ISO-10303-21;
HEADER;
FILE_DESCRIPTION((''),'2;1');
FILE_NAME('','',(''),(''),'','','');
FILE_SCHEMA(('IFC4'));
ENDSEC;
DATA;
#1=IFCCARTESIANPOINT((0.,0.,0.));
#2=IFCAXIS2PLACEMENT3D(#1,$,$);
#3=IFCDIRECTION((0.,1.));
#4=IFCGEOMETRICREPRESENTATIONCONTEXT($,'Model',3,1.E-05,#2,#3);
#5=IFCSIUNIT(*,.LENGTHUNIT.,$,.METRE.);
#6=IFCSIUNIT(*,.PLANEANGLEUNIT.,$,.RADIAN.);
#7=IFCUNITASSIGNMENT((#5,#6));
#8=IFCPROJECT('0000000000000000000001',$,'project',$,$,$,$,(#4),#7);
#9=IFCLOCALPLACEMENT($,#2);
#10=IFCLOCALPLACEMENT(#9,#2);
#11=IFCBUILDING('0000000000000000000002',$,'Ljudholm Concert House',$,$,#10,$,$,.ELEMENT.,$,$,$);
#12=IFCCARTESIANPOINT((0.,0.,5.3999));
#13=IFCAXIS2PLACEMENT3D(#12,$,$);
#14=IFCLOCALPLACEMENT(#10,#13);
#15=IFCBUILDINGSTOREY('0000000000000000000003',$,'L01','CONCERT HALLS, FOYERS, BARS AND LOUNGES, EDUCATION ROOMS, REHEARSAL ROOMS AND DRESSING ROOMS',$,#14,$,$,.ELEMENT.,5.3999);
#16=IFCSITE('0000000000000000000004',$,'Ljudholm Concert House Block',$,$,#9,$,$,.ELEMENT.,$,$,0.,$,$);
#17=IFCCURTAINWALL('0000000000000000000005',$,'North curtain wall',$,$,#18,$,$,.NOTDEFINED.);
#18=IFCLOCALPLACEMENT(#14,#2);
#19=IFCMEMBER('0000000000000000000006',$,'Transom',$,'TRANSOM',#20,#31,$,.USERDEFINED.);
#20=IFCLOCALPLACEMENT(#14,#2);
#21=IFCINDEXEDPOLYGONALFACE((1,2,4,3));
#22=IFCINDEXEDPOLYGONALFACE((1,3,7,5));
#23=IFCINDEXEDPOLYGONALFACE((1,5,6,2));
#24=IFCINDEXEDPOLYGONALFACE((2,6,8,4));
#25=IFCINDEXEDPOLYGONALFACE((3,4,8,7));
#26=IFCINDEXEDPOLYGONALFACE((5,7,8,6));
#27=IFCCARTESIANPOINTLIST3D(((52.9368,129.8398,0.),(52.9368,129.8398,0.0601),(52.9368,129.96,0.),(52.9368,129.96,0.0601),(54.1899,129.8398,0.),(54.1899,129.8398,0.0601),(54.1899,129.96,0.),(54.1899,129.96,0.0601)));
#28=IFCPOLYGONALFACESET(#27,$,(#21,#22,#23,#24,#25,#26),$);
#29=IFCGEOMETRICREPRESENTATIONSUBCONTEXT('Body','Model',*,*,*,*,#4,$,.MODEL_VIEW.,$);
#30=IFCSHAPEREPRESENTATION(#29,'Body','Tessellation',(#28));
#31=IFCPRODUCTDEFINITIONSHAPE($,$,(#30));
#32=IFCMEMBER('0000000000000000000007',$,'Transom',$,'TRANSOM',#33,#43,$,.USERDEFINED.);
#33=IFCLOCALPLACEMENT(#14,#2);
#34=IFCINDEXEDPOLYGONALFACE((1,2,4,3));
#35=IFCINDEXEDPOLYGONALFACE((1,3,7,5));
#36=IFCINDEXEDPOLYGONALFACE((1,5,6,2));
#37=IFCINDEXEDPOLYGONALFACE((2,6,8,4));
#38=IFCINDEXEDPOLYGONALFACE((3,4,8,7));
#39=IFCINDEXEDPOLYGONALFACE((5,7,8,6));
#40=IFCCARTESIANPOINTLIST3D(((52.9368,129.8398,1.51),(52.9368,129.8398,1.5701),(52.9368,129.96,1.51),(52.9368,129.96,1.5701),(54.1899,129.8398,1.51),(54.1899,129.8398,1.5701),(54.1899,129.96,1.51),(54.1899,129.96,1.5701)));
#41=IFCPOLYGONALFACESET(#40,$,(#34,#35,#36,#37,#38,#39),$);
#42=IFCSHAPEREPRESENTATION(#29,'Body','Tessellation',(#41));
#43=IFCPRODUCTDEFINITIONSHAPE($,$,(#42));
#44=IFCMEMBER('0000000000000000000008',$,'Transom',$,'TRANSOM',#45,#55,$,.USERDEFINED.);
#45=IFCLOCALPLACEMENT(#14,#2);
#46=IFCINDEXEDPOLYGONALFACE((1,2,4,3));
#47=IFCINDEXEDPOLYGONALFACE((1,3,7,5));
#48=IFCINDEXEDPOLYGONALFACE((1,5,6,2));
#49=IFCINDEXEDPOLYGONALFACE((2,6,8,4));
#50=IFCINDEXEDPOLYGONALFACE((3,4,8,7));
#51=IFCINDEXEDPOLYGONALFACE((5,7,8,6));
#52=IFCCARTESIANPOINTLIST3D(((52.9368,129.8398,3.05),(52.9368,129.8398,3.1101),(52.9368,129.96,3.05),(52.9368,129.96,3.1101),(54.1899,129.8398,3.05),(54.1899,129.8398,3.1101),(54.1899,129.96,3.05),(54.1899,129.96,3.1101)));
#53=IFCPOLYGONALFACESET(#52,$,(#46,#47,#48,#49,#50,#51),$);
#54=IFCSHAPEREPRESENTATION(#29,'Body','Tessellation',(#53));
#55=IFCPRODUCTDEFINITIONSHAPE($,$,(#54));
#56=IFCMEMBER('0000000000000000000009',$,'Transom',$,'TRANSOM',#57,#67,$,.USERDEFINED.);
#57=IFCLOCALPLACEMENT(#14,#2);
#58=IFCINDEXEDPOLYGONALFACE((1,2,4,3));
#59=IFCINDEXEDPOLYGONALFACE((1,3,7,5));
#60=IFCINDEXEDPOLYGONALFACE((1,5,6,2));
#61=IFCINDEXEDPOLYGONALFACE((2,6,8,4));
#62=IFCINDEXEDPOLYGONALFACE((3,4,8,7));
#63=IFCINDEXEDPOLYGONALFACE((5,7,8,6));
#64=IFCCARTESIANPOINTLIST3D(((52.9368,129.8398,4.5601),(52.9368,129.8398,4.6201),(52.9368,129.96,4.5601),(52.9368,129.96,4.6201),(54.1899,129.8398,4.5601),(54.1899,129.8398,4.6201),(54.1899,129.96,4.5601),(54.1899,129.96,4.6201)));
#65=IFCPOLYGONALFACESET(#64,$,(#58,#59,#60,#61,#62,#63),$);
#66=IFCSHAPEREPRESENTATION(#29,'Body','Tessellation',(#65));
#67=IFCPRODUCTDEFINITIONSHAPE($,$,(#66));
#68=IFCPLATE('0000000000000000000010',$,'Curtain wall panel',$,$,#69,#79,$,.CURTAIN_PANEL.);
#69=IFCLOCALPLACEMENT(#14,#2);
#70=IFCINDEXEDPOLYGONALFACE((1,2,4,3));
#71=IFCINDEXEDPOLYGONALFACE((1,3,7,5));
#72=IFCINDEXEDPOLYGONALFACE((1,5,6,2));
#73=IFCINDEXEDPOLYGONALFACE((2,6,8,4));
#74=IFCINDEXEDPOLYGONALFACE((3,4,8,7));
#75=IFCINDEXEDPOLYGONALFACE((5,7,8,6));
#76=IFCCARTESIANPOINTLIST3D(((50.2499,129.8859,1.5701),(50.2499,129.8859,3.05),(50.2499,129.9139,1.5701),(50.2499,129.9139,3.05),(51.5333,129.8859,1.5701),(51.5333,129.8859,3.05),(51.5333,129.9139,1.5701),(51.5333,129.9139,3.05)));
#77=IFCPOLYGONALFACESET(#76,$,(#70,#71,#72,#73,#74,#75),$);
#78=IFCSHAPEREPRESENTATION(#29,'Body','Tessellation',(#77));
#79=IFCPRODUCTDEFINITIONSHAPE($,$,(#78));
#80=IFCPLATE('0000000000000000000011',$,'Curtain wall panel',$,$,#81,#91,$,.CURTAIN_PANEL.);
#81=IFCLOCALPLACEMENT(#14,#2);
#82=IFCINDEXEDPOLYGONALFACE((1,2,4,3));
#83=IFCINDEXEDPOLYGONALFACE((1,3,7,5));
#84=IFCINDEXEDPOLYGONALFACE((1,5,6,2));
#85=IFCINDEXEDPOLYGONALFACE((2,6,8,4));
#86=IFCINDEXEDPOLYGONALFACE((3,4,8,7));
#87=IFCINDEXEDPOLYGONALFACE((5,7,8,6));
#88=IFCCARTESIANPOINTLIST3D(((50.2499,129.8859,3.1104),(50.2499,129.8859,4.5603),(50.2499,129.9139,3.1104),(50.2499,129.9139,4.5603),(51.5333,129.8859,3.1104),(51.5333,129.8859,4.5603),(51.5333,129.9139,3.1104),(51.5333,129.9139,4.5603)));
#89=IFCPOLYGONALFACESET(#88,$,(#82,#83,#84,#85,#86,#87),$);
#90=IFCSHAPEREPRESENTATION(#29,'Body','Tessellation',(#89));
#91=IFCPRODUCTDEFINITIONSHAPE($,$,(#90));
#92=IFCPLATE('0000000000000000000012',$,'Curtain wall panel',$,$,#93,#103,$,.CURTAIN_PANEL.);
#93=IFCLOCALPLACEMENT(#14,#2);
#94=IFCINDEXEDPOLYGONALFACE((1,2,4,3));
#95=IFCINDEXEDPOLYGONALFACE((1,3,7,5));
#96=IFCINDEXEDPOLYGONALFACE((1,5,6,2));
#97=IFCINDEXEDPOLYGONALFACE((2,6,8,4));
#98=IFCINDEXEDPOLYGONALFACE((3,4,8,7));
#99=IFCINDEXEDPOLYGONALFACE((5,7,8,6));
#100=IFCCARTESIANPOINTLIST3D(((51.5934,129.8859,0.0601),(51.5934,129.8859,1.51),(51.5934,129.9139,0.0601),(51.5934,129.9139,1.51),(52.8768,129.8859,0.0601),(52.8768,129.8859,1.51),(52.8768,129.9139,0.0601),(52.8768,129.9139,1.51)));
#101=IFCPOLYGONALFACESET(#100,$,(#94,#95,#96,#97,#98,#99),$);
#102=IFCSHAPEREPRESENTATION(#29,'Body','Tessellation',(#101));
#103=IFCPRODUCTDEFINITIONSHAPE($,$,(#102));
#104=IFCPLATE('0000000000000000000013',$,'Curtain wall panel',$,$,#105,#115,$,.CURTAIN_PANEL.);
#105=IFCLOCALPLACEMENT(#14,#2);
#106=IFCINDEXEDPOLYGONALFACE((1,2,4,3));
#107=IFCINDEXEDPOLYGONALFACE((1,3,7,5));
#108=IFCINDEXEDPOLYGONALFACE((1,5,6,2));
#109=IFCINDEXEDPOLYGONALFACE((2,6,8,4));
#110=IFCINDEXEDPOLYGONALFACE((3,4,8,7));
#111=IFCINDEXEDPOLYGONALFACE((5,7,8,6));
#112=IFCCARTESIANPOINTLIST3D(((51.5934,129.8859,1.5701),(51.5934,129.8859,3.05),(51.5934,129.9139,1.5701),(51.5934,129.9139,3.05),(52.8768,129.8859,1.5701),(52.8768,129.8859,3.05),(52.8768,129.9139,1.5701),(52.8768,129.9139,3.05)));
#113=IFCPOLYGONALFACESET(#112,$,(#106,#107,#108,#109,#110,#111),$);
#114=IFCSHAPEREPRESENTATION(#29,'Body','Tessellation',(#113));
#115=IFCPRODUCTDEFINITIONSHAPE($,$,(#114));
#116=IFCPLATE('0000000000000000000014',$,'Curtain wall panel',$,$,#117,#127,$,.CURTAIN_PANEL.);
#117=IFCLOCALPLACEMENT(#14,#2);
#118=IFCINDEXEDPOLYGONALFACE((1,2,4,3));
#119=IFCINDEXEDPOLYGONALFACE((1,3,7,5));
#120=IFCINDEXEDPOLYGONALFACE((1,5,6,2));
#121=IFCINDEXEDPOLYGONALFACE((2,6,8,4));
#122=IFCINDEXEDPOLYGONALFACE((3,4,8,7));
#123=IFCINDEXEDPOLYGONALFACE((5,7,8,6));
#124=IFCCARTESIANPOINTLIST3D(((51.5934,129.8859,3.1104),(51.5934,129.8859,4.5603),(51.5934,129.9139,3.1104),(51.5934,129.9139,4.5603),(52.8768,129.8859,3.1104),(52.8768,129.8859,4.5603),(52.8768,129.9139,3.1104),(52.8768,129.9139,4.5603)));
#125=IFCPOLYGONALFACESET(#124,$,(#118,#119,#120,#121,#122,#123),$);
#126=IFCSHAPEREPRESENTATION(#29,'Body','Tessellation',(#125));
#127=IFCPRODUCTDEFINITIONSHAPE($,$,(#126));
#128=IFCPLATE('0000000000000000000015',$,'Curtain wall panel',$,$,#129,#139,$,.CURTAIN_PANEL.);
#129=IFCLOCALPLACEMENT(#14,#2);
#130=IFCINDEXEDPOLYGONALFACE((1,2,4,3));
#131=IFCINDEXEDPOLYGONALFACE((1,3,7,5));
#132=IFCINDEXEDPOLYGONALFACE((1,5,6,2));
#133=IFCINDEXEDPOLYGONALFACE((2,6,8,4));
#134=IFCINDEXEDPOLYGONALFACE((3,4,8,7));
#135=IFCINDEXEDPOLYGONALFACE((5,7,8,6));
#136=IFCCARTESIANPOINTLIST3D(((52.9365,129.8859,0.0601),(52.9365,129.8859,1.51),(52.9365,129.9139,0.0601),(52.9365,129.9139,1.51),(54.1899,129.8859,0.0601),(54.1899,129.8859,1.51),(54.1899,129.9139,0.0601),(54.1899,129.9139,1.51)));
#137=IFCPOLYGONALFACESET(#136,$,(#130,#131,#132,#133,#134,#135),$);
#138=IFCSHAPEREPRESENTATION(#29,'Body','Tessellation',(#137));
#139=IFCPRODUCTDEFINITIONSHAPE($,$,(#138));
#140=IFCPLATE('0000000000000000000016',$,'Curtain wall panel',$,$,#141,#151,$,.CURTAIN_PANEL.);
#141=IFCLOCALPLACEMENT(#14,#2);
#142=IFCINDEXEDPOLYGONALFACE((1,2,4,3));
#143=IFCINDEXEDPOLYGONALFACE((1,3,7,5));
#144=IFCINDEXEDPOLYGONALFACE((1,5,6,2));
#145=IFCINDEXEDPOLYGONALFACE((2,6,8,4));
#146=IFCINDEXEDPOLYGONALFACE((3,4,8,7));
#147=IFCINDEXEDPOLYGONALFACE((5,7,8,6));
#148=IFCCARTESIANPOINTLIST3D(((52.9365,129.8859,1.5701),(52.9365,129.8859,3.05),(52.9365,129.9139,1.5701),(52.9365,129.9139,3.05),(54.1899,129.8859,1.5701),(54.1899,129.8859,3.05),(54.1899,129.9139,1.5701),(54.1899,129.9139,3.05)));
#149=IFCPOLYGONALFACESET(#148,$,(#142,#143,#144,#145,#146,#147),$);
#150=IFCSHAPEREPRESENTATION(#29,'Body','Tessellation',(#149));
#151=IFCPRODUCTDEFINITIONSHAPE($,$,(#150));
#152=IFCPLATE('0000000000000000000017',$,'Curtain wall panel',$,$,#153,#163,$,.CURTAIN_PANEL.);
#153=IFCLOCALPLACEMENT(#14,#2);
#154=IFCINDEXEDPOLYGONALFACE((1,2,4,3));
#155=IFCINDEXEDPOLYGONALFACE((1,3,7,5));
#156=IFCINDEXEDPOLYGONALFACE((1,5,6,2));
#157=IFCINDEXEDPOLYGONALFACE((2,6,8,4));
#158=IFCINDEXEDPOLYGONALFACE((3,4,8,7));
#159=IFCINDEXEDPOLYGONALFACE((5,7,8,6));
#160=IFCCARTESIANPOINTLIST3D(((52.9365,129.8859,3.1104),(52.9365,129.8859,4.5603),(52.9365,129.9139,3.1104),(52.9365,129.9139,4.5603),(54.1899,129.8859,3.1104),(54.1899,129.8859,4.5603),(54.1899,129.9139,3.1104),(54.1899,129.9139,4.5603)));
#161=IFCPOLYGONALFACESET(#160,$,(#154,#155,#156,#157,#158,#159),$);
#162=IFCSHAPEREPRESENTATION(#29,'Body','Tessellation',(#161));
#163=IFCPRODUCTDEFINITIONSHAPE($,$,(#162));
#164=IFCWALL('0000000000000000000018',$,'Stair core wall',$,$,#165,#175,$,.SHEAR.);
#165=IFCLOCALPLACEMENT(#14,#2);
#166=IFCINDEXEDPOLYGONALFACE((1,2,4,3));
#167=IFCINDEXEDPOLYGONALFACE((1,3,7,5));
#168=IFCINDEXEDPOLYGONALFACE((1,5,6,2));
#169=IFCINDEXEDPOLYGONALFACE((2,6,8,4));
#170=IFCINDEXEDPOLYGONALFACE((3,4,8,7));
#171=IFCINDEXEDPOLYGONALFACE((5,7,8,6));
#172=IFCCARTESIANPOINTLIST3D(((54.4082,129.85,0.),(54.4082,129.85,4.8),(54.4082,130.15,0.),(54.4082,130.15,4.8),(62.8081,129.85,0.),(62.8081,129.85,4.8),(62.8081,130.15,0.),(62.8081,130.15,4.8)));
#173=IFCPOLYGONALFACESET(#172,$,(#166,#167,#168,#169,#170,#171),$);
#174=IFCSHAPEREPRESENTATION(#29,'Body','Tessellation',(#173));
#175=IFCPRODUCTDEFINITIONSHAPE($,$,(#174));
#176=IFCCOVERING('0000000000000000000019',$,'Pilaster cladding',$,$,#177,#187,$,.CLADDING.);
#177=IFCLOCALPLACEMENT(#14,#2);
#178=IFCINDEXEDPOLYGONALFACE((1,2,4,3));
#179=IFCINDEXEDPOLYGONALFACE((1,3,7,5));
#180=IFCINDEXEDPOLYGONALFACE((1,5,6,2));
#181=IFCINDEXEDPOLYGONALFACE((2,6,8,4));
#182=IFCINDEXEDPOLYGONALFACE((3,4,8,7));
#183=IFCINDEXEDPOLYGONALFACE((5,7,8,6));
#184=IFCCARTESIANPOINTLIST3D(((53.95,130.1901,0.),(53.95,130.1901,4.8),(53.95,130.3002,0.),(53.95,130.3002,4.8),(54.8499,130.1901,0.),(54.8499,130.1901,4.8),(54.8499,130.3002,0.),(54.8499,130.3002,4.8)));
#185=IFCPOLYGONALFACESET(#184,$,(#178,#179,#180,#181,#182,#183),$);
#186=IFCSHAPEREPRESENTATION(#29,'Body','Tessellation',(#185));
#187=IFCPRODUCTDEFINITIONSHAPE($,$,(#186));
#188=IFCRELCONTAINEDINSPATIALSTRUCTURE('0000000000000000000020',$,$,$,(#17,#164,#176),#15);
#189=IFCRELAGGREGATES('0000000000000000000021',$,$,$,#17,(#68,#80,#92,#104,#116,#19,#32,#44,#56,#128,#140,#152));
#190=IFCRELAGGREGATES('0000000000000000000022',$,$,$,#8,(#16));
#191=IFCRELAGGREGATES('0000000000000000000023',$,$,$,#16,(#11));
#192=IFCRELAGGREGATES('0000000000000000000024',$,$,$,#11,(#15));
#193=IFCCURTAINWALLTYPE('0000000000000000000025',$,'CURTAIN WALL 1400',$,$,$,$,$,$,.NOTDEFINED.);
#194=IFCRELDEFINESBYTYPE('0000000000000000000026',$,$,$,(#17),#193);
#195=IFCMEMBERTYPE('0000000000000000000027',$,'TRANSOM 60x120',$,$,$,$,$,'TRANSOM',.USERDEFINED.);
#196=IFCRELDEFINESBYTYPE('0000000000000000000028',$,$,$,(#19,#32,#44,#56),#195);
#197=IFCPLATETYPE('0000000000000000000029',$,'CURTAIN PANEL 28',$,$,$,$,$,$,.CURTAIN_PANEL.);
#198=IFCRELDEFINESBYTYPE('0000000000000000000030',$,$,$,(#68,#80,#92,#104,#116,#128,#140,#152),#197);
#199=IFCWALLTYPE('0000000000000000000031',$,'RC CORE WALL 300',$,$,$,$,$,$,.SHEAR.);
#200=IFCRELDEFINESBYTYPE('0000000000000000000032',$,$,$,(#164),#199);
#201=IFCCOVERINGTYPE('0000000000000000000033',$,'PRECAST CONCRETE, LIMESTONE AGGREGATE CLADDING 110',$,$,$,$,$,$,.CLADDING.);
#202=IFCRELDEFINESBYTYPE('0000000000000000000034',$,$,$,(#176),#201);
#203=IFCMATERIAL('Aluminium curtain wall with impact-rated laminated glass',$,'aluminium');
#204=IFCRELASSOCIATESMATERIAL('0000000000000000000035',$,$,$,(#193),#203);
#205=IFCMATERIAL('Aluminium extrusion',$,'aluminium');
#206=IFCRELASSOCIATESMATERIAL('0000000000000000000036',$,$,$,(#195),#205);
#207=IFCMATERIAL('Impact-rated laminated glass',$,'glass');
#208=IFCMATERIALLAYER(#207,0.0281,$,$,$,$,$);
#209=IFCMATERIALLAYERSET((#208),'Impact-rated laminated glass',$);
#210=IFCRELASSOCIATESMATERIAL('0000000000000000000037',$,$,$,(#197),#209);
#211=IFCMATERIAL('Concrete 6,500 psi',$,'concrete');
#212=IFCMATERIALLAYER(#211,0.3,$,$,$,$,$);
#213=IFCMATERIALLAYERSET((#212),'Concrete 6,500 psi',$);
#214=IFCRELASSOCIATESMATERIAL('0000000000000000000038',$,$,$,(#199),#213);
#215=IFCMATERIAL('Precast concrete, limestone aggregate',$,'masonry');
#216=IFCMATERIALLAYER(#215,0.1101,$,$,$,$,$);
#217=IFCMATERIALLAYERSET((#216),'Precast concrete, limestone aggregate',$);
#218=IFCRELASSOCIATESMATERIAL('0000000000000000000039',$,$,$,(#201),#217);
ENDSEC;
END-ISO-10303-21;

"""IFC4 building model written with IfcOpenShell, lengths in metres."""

from ifc_helpers import new_model, si_unit, direction, frame, frame_2d, origin, origin_2d, place, context, subcontext, project, spatial, rectangle, extrude, material, layer, layer_set, material_profile, profile_set, type_object, element, aggregate, save


model = new_model("IFC4")

# Units and contexts
model_context = context("Model", 3, precision=1e-05, world=origin(), true_north=direction((0.0, 1.0)))
body_context = subcontext(model_context, "Body", "Model", "MODEL_VIEW")
ifc_project = project(units=[si_unit("LENGTHUNIT", "METRE"), si_unit("PLANEANGLEUNIT", "RADIAN")], contexts=[model_context])

# Site, building, storey
site_placement = place(None, origin())
site = spatial("IfcSite", under=ifc_project, at=site_placement, Name="Ljudholm Concert House Block", CompositionType="ELEMENT", RefElevation=0.0)
building_placement = place(site_placement, origin())
building = spatial("IfcBuilding", under=site, at=building_placement, Name="Ljudholm Concert House", CompositionType="ELEMENT")
storey_placement = place(building_placement, frame((0.0, 0.0, 5.3999)))
storey = spatial("IfcBuildingStorey", under=building, at=storey_placement, Name="L01", Description="CONCERT HALLS, FOYERS, BARS AND LOUNGES, EDUCATION ROOMS, REHEARSAL ROOMS AND DRESSING ROOMS", CompositionType="ELEMENT", Elevation=5.3999)

# Curtain wall
ifc_material_1 = material(Name="Aluminium curtain wall with impact-rated laminated glass", Category="aluminium")
curtain_wall_type = type_object("IfcCurtainWallType", Name="CURTAIN WALL 1400", PredefinedType="NOTDEFINED", material=ifc_material_1)
curtain_wall_placement = place(storey_placement, origin())
curtain_wall = element("IfcCurtainWall", 1, at=curtain_wall_placement, inside=storey, type_object=curtain_wall_type, Name="North curtain wall", PredefinedType="NOTDEFINED")

# Members
ifc_material_2 = material(Name="Aluminium extrusion", Category="aluminium")
ifc_material_profile_1 = material_profile(ifc_material_2, rectangle(XDim=0.1201, YDim=0.0601, at=origin_2d()), Name="TRANSOM 60x120")
ifc_profile_set_1 = profile_set([ifc_material_profile_1], Name="Aluminium extrusion")
member_type_1 = type_object("IfcMemberType", Name="TRANSOM 60x120", ElementType="TRANSOM", PredefinedType="USERDEFINED", material=ifc_profile_set_1)
member_1_placement = place(storey_placement, frame((52.9368, 129.8999, 0.03), z_axis=(1.0, 0.0, 0.0), x_axis=(0.0, 1.0, 0.0)))
member_1 = element("IfcMember", 2, at=member_1_placement, type_object=member_type_1, Name="Transom", ObjectType="TRANSOM", PredefinedType="USERDEFINED", context=body_context, shape_type="SweptSolid", body=[
    extrude(rectangle(XDim=0.1201, YDim=0.0601, at=origin_2d()), origin(), (0.0, 0.0, 1.0), 1.2532),
])
member_2_placement = place(storey_placement, frame((52.9368, 129.8999, 1.54), z_axis=(1.0, 0.0, 0.0), x_axis=(0.0, 1.0, 0.0)))
member_2 = element("IfcMember", 3, at=member_2_placement, type_object=member_type_1, Name="Transom", ObjectType="TRANSOM", PredefinedType="USERDEFINED", context=body_context, shape_type="SweptSolid", body=[
    extrude(rectangle(XDim=0.1201, YDim=0.0601, at=origin_2d()), origin(), (0.0, 0.0, 1.0), 1.2532),
])
member_3_placement = place(storey_placement, frame((52.9368, 129.8999, 3.0801), z_axis=(1.0, 0.0, 0.0), x_axis=(0.0, 1.0, 0.0)))
member_3 = element("IfcMember", 4, at=member_3_placement, type_object=member_type_1, Name="Transom", ObjectType="TRANSOM", PredefinedType="USERDEFINED", context=body_context, shape_type="SweptSolid", body=[
    extrude(rectangle(XDim=0.1201, YDim=0.0601, at=origin_2d()), origin(), (0.0, 0.0, 1.0), 1.2532),
])
member_4_placement = place(storey_placement, frame((52.9368, 129.8999, 4.5901), z_axis=(1.0, 0.0, 0.0), x_axis=(0.0, 1.0, 0.0)))
member_4 = element("IfcMember", 5, at=member_4_placement, type_object=member_type_1, Name="Transom", ObjectType="TRANSOM", PredefinedType="USERDEFINED", context=body_context, shape_type="SweptSolid", body=[
    extrude(rectangle(XDim=0.1201, YDim=0.0601, at=origin_2d()), origin(), (0.0, 0.0, 1.0), 1.2532),
])

# Plates
ifc_material_3 = material(Name="Impact-rated laminated glass", Category="glass")
ifc_layer_1 = layer(ifc_material_3, 0.0281)
ifc_layer_set_1 = layer_set([ifc_layer_1], Name="Impact-rated laminated glass")
plate_type = type_object("IfcPlateType", Name="CURTAIN PANEL 28", PredefinedType="CURTAIN_PANEL", material=ifc_layer_set_1)
plate_1_placement = place(storey_placement, frame((50.8916, 129.8999, 1.5701), z_axis=(0.0, 0.0, 1.0), x_axis=(1.0, 0.0, 0.0)))
plate_1 = element("IfcPlate", 6, at=plate_1_placement, type_object=plate_type, Name="Curtain wall panel", PredefinedType="CURTAIN_PANEL", context=body_context, shape_type="SweptSolid", body=[
    extrude(rectangle(XDim=1.2834, YDim=0.0281, at=origin_2d()), origin(), (0.0, 0.0, 1.0), 1.48),
])
plate_2_placement = place(storey_placement, frame((50.8916, 129.8999, 3.1104), z_axis=(0.0, 0.0, 1.0), x_axis=(1.0, 0.0, 0.0)))
plate_2 = element("IfcPlate", 7, at=plate_2_placement, type_object=plate_type, Name="Curtain wall panel", PredefinedType="CURTAIN_PANEL", context=body_context, shape_type="SweptSolid", body=[
    extrude(rectangle(XDim=1.2834, YDim=0.0281, at=origin_2d()), origin(), (0.0, 0.0, 1.0), 1.45),
])
plate_3_placement = place(storey_placement, frame((52.2351, 129.8999, 0.0601), z_axis=(0.0, 0.0, 1.0), x_axis=(1.0, 0.0, 0.0)))
plate_3 = element("IfcPlate", 8, at=plate_3_placement, type_object=plate_type, Name="Curtain wall panel", PredefinedType="CURTAIN_PANEL", context=body_context, shape_type="SweptSolid", body=[
    extrude(rectangle(XDim=1.2834, YDim=0.0281, at=origin_2d()), origin(), (0.0, 0.0, 1.0), 1.45),
])
plate_4_placement = place(storey_placement, frame((52.2351, 129.8999, 1.5701), z_axis=(0.0, 0.0, 1.0), x_axis=(1.0, 0.0, 0.0)))
plate_4 = element("IfcPlate", 9, at=plate_4_placement, type_object=plate_type, Name="Curtain wall panel", PredefinedType="CURTAIN_PANEL", context=body_context, shape_type="SweptSolid", body=[
    extrude(rectangle(XDim=1.2834, YDim=0.0281, at=origin_2d()), origin(), (0.0, 0.0, 1.0), 1.48),
])
plate_5_placement = place(storey_placement, frame((52.2351, 129.8999, 3.1104), z_axis=(0.0, 0.0, 1.0), x_axis=(1.0, 0.0, 0.0)))
plate_5 = element("IfcPlate", 10, at=plate_5_placement, type_object=plate_type, Name="Curtain wall panel", PredefinedType="CURTAIN_PANEL", context=body_context, shape_type="SweptSolid", body=[
    extrude(rectangle(XDim=1.2834, YDim=0.0281, at=origin_2d()), origin(), (0.0, 0.0, 1.0), 1.45),
])
plate_6_placement = place(storey_placement, frame((53.5632, 129.8999, 0.0601), z_axis=(0.0, 0.0, 1.0), x_axis=(1.0, 0.0, 0.0)))
plate_6 = element("IfcPlate", 11, at=plate_6_placement, type_object=plate_type, Name="Curtain wall panel", PredefinedType="CURTAIN_PANEL", context=body_context, shape_type="SweptSolid", body=[
    extrude(rectangle(XDim=1.2534, YDim=0.0281, at=origin_2d()), origin(), (0.0, 0.0, 1.0), 1.45),
])
plate_7_placement = place(storey_placement, frame((53.5632, 129.8999, 1.5701), z_axis=(0.0, 0.0, 1.0), x_axis=(1.0, 0.0, 0.0)))
plate_7 = element("IfcPlate", 12, at=plate_7_placement, type_object=plate_type, Name="Curtain wall panel", PredefinedType="CURTAIN_PANEL", context=body_context, shape_type="SweptSolid", body=[
    extrude(rectangle(XDim=1.2534, YDim=0.0281, at=origin_2d()), origin(), (0.0, 0.0, 1.0), 1.48),
])
plate_8_placement = place(storey_placement, frame((53.5632, 129.8999, 3.1104), z_axis=(0.0, 0.0, 1.0), x_axis=(1.0, 0.0, 0.0)))
plate_8 = element("IfcPlate", 13, at=plate_8_placement, type_object=plate_type, Name="Curtain wall panel", PredefinedType="CURTAIN_PANEL", context=body_context, shape_type="SweptSolid", body=[
    extrude(rectangle(XDim=1.2534, YDim=0.0281, at=origin_2d()), origin(), (0.0, 0.0, 1.0), 1.45),
])
aggregate(curtain_wall, [plate_1, plate_2, plate_3, plate_4, plate_5, member_1, member_2, member_3, member_4, plate_6, plate_7, plate_8])

# Wall
ifc_material_4 = material(Name="Concrete 6,500 psi", Category="concrete")
ifc_layer_2 = layer(ifc_material_4, 0.3)
ifc_layer_set_2 = layer_set([ifc_layer_2], Name="Concrete 6,500 psi")
wall_type = type_object("IfcWallType", Name="RC CORE WALL 300", PredefinedType="SHEAR", material=ifc_layer_set_2)
wall_placement = place(storey_placement, frame((54.4082, 130.0, 0.0), z_axis=(0.0, 0.0, 1.0), x_axis=(1.0, 0.0, 0.0)))
element("IfcWall", 14, at=wall_placement, inside=storey, type_object=wall_type, Name="Stair core wall", PredefinedType="SHEAR", context=body_context, shape_type="SweptSolid", body=[
    extrude(rectangle(XDim=8.3999, YDim=0.3, at=frame_2d((4.2, 0.0))), origin(), (0.0, 0.0, 1.0), 4.8),
])

# Covering
ifc_material_5 = material(Name="Precast concrete, limestone aggregate", Category="masonry")
ifc_layer_3 = layer(ifc_material_5, 0.1101)
ifc_layer_set_3 = layer_set([ifc_layer_3], Name="Precast concrete, limestone aggregate")
covering_type = type_object("IfcCoveringType", Name="PRECAST CONCRETE, LIMESTONE AGGREGATE CLADDING 110", PredefinedType="CLADDING", material=ifc_layer_set_3)
covering_placement = place(storey_placement, frame((54.3999, 130.2451, 0.0), z_axis=(0.0, 0.0, 1.0), x_axis=(0.0, 1.0, 0.0)))
element("IfcCovering", 15, at=covering_placement, inside=storey, type_object=covering_type, Name="Pilaster cladding", PredefinedType="CLADDING", context=body_context, shape_type="SweptSolid", body=[
    extrude(rectangle(XDim=0.1101, YDim=0.8999, at=origin_2d()), origin(), (0.0, 0.0, 1.0), 4.8),
])

save(model, "model.ifc")
